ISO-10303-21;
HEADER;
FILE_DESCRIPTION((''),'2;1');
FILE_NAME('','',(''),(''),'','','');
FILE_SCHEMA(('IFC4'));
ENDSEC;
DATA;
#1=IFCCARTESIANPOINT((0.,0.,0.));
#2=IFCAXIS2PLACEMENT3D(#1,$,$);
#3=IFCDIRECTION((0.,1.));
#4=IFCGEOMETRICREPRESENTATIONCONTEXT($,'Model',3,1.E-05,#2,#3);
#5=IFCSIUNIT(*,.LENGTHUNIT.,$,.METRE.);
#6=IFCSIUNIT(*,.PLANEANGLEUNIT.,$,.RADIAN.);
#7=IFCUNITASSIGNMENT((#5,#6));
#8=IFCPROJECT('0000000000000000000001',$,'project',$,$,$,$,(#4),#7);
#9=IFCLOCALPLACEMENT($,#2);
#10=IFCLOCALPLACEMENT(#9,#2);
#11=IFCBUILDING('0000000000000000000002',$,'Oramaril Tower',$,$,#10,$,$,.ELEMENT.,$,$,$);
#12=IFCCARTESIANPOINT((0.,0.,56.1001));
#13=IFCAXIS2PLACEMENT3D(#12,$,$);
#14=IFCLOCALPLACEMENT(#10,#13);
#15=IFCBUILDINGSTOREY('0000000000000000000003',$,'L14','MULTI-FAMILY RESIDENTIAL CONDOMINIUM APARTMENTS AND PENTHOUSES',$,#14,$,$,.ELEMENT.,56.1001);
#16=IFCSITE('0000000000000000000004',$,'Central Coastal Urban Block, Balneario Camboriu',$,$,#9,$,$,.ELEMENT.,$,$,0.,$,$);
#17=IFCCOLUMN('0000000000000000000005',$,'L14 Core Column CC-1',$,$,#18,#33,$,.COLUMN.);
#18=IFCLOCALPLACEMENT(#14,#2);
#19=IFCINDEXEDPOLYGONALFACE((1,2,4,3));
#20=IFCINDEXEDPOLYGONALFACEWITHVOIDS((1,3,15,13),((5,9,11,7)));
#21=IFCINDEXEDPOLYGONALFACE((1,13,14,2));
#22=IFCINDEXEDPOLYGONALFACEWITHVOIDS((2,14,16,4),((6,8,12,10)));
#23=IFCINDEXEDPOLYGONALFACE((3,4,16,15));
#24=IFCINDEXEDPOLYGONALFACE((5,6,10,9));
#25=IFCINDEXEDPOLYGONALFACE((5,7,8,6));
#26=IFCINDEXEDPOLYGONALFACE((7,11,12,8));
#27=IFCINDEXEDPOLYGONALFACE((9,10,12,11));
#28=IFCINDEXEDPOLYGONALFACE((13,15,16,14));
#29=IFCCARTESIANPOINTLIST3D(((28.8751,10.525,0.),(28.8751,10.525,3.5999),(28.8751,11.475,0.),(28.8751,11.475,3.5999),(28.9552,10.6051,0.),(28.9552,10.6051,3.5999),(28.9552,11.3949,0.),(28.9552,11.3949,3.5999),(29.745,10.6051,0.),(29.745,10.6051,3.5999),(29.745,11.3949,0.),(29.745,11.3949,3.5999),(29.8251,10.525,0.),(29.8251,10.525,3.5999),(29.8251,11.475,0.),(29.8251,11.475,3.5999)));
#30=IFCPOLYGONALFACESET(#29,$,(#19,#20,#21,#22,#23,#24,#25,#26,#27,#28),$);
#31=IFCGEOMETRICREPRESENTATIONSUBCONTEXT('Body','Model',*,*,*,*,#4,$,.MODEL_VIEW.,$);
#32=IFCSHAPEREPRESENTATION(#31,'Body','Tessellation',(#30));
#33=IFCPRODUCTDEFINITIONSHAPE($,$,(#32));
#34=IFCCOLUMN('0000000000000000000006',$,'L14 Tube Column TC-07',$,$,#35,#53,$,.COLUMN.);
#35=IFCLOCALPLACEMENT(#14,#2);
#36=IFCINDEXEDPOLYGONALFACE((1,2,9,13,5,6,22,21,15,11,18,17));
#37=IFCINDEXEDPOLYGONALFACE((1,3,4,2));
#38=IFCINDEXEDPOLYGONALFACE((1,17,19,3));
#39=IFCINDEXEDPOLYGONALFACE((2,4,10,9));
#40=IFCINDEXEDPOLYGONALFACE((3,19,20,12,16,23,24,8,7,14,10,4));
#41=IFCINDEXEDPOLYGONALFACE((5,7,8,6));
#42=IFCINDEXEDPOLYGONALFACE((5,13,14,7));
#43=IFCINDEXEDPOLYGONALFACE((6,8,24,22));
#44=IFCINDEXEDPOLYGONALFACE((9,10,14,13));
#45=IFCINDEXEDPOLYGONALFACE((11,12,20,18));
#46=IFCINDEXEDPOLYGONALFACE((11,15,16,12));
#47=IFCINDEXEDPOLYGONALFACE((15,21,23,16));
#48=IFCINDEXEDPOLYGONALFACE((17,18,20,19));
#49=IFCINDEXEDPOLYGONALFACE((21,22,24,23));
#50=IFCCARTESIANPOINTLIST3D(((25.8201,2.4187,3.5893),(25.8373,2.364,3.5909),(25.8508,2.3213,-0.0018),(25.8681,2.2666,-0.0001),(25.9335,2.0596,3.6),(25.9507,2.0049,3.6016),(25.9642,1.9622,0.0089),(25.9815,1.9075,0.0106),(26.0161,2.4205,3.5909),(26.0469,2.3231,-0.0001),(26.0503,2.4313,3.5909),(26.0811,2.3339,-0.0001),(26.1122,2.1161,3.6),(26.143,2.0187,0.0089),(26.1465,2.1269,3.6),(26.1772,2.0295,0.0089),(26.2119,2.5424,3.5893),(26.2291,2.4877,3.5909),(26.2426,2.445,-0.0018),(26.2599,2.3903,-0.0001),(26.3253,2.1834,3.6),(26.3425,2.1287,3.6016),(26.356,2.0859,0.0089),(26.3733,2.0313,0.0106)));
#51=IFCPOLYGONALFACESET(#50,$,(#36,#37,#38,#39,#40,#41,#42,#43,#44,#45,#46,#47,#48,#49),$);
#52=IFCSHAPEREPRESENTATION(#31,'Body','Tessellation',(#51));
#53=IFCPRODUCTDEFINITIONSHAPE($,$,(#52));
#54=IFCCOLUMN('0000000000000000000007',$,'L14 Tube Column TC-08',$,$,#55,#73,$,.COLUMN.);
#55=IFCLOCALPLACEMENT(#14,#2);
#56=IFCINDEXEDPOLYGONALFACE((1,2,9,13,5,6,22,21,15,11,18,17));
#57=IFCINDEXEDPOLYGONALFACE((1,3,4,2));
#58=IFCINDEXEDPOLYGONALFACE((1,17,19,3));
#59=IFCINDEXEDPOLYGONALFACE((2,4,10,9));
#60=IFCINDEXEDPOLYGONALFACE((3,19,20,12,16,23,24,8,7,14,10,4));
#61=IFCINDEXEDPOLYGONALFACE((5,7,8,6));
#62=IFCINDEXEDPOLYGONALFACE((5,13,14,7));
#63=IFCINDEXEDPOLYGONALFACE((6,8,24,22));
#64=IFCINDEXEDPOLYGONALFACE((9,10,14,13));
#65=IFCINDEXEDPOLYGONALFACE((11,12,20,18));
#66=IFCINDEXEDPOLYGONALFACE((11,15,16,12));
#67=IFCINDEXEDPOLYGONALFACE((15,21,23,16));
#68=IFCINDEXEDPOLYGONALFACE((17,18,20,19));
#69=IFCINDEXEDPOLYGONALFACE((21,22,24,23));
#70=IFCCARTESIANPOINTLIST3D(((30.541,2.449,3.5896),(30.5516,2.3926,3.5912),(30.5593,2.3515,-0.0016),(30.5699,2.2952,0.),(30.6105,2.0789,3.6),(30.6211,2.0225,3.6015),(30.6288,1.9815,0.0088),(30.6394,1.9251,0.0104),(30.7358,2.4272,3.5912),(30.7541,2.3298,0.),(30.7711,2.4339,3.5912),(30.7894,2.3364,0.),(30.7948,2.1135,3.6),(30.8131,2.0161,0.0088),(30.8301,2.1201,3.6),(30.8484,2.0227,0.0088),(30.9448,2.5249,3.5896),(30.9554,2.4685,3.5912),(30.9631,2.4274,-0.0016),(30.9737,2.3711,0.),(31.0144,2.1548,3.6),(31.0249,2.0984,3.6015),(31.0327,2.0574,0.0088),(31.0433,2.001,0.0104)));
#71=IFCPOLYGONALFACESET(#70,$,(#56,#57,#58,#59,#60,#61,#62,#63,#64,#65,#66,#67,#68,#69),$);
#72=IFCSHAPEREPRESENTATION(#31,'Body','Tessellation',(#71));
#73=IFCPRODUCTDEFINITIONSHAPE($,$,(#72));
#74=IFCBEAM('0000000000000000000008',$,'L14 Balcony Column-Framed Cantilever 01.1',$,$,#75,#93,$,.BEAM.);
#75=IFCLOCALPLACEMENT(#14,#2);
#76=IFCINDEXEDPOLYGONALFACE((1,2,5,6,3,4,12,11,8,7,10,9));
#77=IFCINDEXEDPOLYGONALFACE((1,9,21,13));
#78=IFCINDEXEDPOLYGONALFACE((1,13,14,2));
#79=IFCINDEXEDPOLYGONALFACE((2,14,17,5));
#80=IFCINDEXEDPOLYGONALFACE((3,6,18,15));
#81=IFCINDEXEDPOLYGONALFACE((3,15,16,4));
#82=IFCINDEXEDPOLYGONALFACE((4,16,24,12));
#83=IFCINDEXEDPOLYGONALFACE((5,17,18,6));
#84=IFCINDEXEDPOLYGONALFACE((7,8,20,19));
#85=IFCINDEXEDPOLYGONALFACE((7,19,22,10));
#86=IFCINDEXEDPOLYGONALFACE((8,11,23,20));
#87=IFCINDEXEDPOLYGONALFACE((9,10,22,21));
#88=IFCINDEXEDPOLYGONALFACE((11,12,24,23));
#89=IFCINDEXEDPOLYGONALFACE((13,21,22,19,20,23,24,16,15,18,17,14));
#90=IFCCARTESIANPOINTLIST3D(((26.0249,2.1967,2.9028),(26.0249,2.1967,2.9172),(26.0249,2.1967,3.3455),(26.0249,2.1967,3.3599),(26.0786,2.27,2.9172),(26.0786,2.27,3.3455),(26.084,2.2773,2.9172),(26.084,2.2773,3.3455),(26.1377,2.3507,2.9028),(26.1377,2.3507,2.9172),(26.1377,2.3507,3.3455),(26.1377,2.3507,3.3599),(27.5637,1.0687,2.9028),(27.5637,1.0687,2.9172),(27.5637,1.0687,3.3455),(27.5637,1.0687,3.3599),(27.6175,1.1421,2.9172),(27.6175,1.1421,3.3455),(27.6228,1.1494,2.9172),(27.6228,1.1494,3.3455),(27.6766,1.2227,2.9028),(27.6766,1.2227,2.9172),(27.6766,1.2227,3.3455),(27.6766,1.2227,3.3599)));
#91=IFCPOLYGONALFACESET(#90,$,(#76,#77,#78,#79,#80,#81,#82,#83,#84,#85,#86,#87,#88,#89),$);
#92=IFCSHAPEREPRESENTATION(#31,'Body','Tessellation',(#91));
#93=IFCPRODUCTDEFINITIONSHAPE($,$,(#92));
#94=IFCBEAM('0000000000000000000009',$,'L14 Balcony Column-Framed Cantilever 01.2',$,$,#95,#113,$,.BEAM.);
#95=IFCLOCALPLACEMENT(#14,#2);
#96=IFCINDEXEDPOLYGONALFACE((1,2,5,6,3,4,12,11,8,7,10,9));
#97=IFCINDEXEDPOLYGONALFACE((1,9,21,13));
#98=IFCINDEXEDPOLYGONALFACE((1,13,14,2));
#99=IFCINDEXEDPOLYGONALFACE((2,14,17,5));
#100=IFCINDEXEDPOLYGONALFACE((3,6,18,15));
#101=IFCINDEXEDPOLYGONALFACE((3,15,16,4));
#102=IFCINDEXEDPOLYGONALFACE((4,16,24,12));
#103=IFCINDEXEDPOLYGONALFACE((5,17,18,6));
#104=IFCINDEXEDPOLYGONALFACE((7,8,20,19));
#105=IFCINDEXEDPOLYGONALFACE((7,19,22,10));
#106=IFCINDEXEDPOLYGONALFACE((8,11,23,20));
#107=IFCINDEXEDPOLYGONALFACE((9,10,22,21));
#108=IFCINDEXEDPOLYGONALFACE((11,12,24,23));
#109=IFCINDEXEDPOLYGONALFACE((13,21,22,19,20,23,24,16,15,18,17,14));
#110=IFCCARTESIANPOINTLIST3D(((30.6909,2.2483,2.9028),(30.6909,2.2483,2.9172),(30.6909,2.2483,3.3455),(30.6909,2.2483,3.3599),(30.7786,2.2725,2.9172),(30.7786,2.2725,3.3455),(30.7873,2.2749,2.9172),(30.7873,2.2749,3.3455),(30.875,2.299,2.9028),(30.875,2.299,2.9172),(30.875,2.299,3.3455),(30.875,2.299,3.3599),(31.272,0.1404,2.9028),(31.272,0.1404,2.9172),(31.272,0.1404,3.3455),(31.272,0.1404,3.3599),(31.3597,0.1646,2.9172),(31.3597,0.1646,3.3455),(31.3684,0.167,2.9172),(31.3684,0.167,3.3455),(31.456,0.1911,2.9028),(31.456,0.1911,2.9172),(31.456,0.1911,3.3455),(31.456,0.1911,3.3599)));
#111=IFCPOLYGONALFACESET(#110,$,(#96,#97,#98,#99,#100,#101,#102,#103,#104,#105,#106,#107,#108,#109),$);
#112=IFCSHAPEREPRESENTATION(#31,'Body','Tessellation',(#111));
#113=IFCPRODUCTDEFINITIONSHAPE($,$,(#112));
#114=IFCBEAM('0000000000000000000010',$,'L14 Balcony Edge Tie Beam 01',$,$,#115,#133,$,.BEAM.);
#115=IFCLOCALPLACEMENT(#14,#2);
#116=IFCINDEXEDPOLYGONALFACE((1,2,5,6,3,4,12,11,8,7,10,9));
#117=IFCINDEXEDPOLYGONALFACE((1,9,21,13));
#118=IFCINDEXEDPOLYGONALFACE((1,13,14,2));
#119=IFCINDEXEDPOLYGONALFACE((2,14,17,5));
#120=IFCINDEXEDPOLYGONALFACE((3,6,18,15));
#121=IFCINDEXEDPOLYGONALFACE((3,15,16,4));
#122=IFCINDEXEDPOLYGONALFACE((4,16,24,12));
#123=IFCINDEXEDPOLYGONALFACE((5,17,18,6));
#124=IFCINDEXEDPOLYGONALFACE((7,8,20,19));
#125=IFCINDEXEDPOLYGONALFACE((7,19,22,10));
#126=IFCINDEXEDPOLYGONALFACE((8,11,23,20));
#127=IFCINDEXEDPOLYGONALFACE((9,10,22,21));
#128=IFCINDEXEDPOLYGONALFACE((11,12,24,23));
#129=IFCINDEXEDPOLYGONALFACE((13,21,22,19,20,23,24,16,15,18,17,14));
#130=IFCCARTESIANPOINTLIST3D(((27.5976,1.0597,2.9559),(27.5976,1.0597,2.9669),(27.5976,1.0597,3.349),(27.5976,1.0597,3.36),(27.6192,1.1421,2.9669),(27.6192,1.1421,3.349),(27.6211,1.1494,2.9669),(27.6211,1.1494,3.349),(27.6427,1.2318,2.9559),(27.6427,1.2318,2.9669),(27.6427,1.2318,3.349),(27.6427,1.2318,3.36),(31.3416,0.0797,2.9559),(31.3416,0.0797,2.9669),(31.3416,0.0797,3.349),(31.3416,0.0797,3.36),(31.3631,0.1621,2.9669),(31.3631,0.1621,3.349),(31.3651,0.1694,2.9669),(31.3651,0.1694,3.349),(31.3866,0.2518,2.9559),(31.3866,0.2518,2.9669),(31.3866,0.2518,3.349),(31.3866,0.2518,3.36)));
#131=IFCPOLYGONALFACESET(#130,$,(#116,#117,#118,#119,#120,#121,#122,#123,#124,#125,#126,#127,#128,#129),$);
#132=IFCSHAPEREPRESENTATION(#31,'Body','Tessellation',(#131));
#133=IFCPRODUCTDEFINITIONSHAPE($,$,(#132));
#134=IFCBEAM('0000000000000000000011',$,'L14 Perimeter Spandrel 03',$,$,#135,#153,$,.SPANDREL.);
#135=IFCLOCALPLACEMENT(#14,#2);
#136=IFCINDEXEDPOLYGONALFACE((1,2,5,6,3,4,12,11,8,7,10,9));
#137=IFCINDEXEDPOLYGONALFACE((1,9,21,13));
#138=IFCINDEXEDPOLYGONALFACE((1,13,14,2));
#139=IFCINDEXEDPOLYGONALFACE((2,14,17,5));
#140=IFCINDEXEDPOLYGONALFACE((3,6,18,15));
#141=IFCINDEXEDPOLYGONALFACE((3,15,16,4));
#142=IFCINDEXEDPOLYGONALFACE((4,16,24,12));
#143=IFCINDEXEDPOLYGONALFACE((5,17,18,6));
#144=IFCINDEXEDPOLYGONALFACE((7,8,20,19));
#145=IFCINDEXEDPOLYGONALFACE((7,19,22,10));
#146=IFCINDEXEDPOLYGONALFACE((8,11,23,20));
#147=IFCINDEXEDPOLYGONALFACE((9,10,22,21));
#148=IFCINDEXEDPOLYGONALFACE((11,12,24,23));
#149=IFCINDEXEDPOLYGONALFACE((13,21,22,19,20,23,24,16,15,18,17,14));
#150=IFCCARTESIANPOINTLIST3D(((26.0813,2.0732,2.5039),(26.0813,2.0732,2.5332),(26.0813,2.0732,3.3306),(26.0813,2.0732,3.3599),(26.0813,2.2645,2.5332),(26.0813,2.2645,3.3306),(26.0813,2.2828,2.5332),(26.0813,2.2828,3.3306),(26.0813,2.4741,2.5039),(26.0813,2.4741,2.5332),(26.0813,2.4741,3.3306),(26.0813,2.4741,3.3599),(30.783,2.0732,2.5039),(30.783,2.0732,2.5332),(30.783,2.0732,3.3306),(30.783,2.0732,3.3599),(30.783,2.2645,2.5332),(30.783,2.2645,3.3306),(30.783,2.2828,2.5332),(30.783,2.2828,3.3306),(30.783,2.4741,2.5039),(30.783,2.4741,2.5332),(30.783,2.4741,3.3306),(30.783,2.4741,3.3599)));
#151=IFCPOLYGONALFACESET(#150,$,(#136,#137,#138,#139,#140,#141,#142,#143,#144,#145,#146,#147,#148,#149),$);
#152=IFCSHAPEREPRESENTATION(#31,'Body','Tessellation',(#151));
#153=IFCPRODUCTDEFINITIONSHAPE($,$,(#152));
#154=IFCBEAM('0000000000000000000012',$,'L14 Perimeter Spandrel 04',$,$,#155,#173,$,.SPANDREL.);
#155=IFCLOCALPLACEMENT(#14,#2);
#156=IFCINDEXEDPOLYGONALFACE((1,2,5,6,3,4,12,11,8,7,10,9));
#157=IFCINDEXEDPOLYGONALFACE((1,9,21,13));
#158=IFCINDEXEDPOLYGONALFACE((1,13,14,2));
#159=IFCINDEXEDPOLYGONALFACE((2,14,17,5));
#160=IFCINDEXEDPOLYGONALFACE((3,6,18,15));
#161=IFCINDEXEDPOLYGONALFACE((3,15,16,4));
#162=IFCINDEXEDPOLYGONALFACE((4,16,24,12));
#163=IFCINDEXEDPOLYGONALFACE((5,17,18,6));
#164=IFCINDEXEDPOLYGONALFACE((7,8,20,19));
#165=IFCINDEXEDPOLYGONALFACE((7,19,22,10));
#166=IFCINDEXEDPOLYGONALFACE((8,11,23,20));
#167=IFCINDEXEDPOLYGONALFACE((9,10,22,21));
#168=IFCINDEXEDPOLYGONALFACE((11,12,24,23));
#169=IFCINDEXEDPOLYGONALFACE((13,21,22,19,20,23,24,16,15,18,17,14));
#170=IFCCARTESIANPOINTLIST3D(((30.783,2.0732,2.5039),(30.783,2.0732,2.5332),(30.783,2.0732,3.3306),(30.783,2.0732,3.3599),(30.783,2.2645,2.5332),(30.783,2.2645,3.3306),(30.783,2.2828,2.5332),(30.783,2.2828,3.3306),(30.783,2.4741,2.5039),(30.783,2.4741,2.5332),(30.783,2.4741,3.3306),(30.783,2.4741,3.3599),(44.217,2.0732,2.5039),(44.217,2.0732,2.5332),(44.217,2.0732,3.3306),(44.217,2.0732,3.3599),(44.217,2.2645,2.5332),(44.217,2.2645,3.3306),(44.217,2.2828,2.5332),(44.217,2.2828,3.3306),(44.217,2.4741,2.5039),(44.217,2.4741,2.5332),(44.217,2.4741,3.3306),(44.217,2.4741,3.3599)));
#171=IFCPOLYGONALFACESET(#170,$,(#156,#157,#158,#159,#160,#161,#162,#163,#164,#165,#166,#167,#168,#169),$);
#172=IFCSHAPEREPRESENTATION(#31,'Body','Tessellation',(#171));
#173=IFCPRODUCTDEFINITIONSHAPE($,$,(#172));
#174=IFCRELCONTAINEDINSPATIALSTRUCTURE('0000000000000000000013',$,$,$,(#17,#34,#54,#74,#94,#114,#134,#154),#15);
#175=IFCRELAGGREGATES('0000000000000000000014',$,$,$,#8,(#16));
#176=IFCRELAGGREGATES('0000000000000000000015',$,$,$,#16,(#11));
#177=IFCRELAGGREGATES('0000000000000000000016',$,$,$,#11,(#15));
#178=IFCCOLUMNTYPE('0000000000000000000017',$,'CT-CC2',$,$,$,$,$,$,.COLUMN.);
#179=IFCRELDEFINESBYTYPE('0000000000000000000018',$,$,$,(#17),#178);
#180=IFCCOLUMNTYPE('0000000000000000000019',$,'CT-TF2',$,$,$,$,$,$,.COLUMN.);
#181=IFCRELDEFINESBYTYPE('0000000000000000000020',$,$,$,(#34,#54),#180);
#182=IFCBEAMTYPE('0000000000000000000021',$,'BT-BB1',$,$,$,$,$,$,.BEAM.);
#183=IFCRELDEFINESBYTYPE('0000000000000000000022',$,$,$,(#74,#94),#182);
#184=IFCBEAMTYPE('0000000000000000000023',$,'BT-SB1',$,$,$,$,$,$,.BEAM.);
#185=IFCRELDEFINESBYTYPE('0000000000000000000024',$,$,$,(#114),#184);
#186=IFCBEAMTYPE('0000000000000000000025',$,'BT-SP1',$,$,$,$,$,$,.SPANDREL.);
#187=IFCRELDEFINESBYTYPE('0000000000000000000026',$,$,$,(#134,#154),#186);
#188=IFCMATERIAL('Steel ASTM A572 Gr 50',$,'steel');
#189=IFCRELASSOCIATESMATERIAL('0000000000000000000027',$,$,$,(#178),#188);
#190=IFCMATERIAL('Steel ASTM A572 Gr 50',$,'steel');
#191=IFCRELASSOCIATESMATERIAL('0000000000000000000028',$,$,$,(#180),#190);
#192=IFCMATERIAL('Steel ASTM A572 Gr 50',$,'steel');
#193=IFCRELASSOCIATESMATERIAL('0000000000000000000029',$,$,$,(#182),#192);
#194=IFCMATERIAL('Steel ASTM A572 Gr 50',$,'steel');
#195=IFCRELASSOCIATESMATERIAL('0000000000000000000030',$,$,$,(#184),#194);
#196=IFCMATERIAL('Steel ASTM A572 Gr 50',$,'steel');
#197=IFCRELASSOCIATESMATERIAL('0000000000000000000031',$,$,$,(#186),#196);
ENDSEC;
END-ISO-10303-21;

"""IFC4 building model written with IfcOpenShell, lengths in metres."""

from ifc_helpers import new_model, si_unit, direction, frame, origin, origin_2d, place, context, subcontext, project, spatial, hollow_rectangle, i_section, extrude, material, material_profile, profile_set, type_object, element, save


model = new_model("IFC4")

# Units and contexts
model_context = context("Model", 3, precision=1e-05, world=origin(), true_north=direction((0.0, 1.0)))
body_context = subcontext(model_context, "Body", "Model", "MODEL_VIEW")
ifc_project = project(units=[si_unit("LENGTHUNIT", "METRE"), si_unit("PLANEANGLEUNIT", "RADIAN")], contexts=[model_context])

# Site, building, storey
site_placement = place(None, origin())
site = spatial("IfcSite", under=ifc_project, at=site_placement, Name="Central Coastal Urban Block, Balneario Camboriu", CompositionType="ELEMENT", RefElevation=0.0)
building_placement = place(site_placement, origin())
building = spatial("IfcBuilding", under=site, at=building_placement, Name="Oramaril Tower", CompositionType="ELEMENT")
storey_placement = place(building_placement, frame((0.0, 0.0, 56.1001)))
storey = spatial("IfcBuildingStorey", under=building, at=storey_placement, Name="L14", Description="MULTI-FAMILY RESIDENTIAL CONDOMINIUM APARTMENTS AND PENTHOUSES", CompositionType="ELEMENT", Elevation=56.1001)

# Columns
ifc_material_1 = material(Name="Steel ASTM A572 Gr 50", Category="steel")
ifc_material_profile_1 = material_profile(ifc_material_1, hollow_rectangle(XDim=0.95, YDim=0.95, WallThickness=0.0801, at=origin_2d()), Name="BOX950X950X80")
ifc_profile_set_1 = profile_set([ifc_material_profile_1], Name="Steel ASTM A572 Gr 50")
column_type_1 = type_object("IfcColumnType", Name="CT-CC2", PredefinedType="COLUMN", material=ifc_profile_set_1)
column_placement = place(storey_placement, frame((29.3501, 11.0, 0.0), z_axis=(0.0, 0.0, 1.0), x_axis=(1.0, 0.0, 0.0)))
element("IfcColumn", 1, at=column_placement, inside=storey, type_object=column_type_1, Name="L14 Core Column CC-1", PredefinedType="COLUMN", context=body_context, shape_type="SweptSolid", body=[
    extrude(hollow_rectangle(XDim=0.95, YDim=0.95, WallThickness=0.0801, at=origin_2d()), origin(), (0.0, 0.0, 1.0), 3.5999),
])
ifc_material_2 = material(Name="Steel ASTM A572 Gr 50", Category="steel")
ifc_material_profile_2 = material_profile(ifc_material_2, i_section(OverallWidth=0.4109, OverallDepth=0.4341, WebThickness=0.0359, FlangeThickness=0.0574, at=origin_2d()), Name="W14X311")
ifc_profile_set_2 = profile_set([ifc_material_profile_2], Name="Steel ASTM A572 Gr 50")
column_type_2 = type_object("IfcColumnType", Name="CT-TF2", PredefinedType="COLUMN", material=ifc_profile_set_2)
for number, where, z_axis, x_axis, name in (
    (2, (26.1121, 2.1763, 0.0044), (-0.008563, 0.027115, 0.999596), (-0.953583, -0.301131, 0.0), "L14 Tube Column TC-07"),
    (3, (30.8013, 2.1763, 0.0044), (-0.005097, 0.027116, 0.999619), (-0.982788, -0.184735, 0.0), "L14 Tube Column TC-08"),
):
    element("IfcColumn", number, at=place(storey_placement, frame(where, z_axis=z_axis, x_axis=x_axis)), inside=storey, type_object=column_type_2, Name=name, PredefinedType="COLUMN", context=body_context, shape_type="SweptSolid", body=[
        extrude(i_section(OverallWidth=0.4109, OverallDepth=0.4341, WebThickness=0.0359, FlangeThickness=0.0574, at=origin_2d()), origin(), (0.0, 0.0, 1.0), 3.5925),
    ])

# Beams
ifc_material_3 = material(Name="Steel ASTM A572 Gr 50", Category="steel")
ifc_material_profile_3 = material_profile(ifc_material_3, i_section(OverallWidth=0.1909, OverallDepth=0.457, WebThickness=0.009, FlangeThickness=0.0144, at=origin_2d()), Name="W18X50")
ifc_profile_set_3 = profile_set([ifc_material_profile_3], Name="Steel ASTM A572 Gr 50")
beam_type_1 = type_object("IfcBeamType", Name="BT-BB1", PredefinedType="BEAM", material=ifc_profile_set_3)
beam_1_placement = place(storey_placement, frame((26.0813, 2.2737, 3.1313), z_axis=(0.806539, -0.591181, 0.0), x_axis=(0.591181, 0.806539, 0.0)))
element("IfcBeam", 4, at=beam_1_placement, inside=storey, type_object=beam_type_1, Name="L14 Balcony Column-Framed Cantilever 01.1", PredefinedType="BEAM", context=body_context, shape_type="SweptSolid", body=[
    extrude(i_section(OverallWidth=0.1909, OverallDepth=0.457, WebThickness=0.009, FlangeThickness=0.0144, at=origin_2d()), origin(), (0.0, 0.0, 1.0), 1.908),
])
beam_2_placement = place(storey_placement, frame((30.783, 2.2737, 3.1313), z_axis=(0.265743, -0.964044, 0.0), x_axis=(0.964044, 0.265743, 0.0)))
element("IfcBeam", 5, at=beam_2_placement, inside=storey, type_object=beam_type_1, Name="L14 Balcony Column-Framed Cantilever 01.2", PredefinedType="BEAM", context=body_context, shape_type="SweptSolid", body=[
    extrude(i_section(OverallWidth=0.1909, OverallDepth=0.457, WebThickness=0.009, FlangeThickness=0.0144, at=origin_2d()), origin(), (0.0, 0.0, 1.0), 2.1865),
])
ifc_material_4 = material(Name="Steel ASTM A572 Gr 50", Category="steel")
ifc_material_profile_4 = material_profile(ifc_material_4, i_section(OverallWidth=0.178, OverallDepth=0.4041, WebThickness=0.0076, FlangeThickness=0.011, at=origin_2d()), Name="W16X36")
ifc_profile_set_4 = profile_set([ifc_material_profile_4], Name="Steel ASTM A572 Gr 50")
beam_type_2 = type_object("IfcBeamType", Name="BT-SB1", PredefinedType="BEAM", material=ifc_profile_set_4)
beam_3_placement = place(storey_placement, frame((27.6201, 1.1458, 3.158), z_axis=(0.967408, -0.253223, 0.0), x_axis=(0.253223, 0.967408, 0.0)))
element("IfcBeam", 6, at=beam_3_placement, inside=storey, type_object=beam_type_2, Name="L14 Balcony Edge Tie Beam 01", PredefinedType="BEAM", context=body_context, shape_type="SweptSolid", body=[
    extrude(i_section(OverallWidth=0.178, OverallDepth=0.4041, WebThickness=0.0076, FlangeThickness=0.011, at=origin_2d()), origin(), (0.0, 0.0, 1.0), 3.8701),
])
ifc_material_5 = material(Name="Steel ASTM A572 Gr 50", Category="steel")
ifc_material_profile_5 = material_profile(ifc_material_5, i_section(OverallWidth=0.4009, OverallDepth=0.856, WebThickness=0.0183, FlangeThickness=0.0293, at=origin_2d()), Name="W33X201")
ifc_profile_set_5 = profile_set([ifc_material_profile_5], Name="Steel ASTM A572 Gr 50")
beam_type_3 = type_object("IfcBeamType", Name="BT-SP1", PredefinedType="SPANDREL", material=ifc_profile_set_5)
beam_4_placement = place(storey_placement, frame((26.0813, 2.2737, 2.9319), z_axis=(1.0, 0.0, 0.0), x_axis=(0.0, 1.0, 0.0)))
element("IfcBeam", 7, at=beam_4_placement, inside=storey, type_object=beam_type_3, Name="L14 Perimeter Spandrel 03", PredefinedType="SPANDREL", context=body_context, shape_type="SweptSolid", body=[
    extrude(i_section(OverallWidth=0.4009, OverallDepth=0.856, WebThickness=0.0183, FlangeThickness=0.0293, at=origin_2d()), origin(), (0.0, 0.0, 1.0), 4.7017),
])
beam_5_placement = place(storey_placement, frame((30.783, 2.2737, 2.9319), z_axis=(1.0, 0.0, 0.0), x_axis=(0.0, 1.0, 0.0)))
element("IfcBeam", 8, at=beam_5_placement, inside=storey, type_object=beam_type_3, Name="L14 Perimeter Spandrel 04", PredefinedType="SPANDREL", context=body_context, shape_type="SweptSolid", body=[
    extrude(i_section(OverallWidth=0.4009, OverallDepth=0.856, WebThickness=0.0183, FlangeThickness=0.0293, at=origin_2d()), origin(), (0.0, 0.0, 1.0), 13.4341),
])

save(model, "model.ifc")
